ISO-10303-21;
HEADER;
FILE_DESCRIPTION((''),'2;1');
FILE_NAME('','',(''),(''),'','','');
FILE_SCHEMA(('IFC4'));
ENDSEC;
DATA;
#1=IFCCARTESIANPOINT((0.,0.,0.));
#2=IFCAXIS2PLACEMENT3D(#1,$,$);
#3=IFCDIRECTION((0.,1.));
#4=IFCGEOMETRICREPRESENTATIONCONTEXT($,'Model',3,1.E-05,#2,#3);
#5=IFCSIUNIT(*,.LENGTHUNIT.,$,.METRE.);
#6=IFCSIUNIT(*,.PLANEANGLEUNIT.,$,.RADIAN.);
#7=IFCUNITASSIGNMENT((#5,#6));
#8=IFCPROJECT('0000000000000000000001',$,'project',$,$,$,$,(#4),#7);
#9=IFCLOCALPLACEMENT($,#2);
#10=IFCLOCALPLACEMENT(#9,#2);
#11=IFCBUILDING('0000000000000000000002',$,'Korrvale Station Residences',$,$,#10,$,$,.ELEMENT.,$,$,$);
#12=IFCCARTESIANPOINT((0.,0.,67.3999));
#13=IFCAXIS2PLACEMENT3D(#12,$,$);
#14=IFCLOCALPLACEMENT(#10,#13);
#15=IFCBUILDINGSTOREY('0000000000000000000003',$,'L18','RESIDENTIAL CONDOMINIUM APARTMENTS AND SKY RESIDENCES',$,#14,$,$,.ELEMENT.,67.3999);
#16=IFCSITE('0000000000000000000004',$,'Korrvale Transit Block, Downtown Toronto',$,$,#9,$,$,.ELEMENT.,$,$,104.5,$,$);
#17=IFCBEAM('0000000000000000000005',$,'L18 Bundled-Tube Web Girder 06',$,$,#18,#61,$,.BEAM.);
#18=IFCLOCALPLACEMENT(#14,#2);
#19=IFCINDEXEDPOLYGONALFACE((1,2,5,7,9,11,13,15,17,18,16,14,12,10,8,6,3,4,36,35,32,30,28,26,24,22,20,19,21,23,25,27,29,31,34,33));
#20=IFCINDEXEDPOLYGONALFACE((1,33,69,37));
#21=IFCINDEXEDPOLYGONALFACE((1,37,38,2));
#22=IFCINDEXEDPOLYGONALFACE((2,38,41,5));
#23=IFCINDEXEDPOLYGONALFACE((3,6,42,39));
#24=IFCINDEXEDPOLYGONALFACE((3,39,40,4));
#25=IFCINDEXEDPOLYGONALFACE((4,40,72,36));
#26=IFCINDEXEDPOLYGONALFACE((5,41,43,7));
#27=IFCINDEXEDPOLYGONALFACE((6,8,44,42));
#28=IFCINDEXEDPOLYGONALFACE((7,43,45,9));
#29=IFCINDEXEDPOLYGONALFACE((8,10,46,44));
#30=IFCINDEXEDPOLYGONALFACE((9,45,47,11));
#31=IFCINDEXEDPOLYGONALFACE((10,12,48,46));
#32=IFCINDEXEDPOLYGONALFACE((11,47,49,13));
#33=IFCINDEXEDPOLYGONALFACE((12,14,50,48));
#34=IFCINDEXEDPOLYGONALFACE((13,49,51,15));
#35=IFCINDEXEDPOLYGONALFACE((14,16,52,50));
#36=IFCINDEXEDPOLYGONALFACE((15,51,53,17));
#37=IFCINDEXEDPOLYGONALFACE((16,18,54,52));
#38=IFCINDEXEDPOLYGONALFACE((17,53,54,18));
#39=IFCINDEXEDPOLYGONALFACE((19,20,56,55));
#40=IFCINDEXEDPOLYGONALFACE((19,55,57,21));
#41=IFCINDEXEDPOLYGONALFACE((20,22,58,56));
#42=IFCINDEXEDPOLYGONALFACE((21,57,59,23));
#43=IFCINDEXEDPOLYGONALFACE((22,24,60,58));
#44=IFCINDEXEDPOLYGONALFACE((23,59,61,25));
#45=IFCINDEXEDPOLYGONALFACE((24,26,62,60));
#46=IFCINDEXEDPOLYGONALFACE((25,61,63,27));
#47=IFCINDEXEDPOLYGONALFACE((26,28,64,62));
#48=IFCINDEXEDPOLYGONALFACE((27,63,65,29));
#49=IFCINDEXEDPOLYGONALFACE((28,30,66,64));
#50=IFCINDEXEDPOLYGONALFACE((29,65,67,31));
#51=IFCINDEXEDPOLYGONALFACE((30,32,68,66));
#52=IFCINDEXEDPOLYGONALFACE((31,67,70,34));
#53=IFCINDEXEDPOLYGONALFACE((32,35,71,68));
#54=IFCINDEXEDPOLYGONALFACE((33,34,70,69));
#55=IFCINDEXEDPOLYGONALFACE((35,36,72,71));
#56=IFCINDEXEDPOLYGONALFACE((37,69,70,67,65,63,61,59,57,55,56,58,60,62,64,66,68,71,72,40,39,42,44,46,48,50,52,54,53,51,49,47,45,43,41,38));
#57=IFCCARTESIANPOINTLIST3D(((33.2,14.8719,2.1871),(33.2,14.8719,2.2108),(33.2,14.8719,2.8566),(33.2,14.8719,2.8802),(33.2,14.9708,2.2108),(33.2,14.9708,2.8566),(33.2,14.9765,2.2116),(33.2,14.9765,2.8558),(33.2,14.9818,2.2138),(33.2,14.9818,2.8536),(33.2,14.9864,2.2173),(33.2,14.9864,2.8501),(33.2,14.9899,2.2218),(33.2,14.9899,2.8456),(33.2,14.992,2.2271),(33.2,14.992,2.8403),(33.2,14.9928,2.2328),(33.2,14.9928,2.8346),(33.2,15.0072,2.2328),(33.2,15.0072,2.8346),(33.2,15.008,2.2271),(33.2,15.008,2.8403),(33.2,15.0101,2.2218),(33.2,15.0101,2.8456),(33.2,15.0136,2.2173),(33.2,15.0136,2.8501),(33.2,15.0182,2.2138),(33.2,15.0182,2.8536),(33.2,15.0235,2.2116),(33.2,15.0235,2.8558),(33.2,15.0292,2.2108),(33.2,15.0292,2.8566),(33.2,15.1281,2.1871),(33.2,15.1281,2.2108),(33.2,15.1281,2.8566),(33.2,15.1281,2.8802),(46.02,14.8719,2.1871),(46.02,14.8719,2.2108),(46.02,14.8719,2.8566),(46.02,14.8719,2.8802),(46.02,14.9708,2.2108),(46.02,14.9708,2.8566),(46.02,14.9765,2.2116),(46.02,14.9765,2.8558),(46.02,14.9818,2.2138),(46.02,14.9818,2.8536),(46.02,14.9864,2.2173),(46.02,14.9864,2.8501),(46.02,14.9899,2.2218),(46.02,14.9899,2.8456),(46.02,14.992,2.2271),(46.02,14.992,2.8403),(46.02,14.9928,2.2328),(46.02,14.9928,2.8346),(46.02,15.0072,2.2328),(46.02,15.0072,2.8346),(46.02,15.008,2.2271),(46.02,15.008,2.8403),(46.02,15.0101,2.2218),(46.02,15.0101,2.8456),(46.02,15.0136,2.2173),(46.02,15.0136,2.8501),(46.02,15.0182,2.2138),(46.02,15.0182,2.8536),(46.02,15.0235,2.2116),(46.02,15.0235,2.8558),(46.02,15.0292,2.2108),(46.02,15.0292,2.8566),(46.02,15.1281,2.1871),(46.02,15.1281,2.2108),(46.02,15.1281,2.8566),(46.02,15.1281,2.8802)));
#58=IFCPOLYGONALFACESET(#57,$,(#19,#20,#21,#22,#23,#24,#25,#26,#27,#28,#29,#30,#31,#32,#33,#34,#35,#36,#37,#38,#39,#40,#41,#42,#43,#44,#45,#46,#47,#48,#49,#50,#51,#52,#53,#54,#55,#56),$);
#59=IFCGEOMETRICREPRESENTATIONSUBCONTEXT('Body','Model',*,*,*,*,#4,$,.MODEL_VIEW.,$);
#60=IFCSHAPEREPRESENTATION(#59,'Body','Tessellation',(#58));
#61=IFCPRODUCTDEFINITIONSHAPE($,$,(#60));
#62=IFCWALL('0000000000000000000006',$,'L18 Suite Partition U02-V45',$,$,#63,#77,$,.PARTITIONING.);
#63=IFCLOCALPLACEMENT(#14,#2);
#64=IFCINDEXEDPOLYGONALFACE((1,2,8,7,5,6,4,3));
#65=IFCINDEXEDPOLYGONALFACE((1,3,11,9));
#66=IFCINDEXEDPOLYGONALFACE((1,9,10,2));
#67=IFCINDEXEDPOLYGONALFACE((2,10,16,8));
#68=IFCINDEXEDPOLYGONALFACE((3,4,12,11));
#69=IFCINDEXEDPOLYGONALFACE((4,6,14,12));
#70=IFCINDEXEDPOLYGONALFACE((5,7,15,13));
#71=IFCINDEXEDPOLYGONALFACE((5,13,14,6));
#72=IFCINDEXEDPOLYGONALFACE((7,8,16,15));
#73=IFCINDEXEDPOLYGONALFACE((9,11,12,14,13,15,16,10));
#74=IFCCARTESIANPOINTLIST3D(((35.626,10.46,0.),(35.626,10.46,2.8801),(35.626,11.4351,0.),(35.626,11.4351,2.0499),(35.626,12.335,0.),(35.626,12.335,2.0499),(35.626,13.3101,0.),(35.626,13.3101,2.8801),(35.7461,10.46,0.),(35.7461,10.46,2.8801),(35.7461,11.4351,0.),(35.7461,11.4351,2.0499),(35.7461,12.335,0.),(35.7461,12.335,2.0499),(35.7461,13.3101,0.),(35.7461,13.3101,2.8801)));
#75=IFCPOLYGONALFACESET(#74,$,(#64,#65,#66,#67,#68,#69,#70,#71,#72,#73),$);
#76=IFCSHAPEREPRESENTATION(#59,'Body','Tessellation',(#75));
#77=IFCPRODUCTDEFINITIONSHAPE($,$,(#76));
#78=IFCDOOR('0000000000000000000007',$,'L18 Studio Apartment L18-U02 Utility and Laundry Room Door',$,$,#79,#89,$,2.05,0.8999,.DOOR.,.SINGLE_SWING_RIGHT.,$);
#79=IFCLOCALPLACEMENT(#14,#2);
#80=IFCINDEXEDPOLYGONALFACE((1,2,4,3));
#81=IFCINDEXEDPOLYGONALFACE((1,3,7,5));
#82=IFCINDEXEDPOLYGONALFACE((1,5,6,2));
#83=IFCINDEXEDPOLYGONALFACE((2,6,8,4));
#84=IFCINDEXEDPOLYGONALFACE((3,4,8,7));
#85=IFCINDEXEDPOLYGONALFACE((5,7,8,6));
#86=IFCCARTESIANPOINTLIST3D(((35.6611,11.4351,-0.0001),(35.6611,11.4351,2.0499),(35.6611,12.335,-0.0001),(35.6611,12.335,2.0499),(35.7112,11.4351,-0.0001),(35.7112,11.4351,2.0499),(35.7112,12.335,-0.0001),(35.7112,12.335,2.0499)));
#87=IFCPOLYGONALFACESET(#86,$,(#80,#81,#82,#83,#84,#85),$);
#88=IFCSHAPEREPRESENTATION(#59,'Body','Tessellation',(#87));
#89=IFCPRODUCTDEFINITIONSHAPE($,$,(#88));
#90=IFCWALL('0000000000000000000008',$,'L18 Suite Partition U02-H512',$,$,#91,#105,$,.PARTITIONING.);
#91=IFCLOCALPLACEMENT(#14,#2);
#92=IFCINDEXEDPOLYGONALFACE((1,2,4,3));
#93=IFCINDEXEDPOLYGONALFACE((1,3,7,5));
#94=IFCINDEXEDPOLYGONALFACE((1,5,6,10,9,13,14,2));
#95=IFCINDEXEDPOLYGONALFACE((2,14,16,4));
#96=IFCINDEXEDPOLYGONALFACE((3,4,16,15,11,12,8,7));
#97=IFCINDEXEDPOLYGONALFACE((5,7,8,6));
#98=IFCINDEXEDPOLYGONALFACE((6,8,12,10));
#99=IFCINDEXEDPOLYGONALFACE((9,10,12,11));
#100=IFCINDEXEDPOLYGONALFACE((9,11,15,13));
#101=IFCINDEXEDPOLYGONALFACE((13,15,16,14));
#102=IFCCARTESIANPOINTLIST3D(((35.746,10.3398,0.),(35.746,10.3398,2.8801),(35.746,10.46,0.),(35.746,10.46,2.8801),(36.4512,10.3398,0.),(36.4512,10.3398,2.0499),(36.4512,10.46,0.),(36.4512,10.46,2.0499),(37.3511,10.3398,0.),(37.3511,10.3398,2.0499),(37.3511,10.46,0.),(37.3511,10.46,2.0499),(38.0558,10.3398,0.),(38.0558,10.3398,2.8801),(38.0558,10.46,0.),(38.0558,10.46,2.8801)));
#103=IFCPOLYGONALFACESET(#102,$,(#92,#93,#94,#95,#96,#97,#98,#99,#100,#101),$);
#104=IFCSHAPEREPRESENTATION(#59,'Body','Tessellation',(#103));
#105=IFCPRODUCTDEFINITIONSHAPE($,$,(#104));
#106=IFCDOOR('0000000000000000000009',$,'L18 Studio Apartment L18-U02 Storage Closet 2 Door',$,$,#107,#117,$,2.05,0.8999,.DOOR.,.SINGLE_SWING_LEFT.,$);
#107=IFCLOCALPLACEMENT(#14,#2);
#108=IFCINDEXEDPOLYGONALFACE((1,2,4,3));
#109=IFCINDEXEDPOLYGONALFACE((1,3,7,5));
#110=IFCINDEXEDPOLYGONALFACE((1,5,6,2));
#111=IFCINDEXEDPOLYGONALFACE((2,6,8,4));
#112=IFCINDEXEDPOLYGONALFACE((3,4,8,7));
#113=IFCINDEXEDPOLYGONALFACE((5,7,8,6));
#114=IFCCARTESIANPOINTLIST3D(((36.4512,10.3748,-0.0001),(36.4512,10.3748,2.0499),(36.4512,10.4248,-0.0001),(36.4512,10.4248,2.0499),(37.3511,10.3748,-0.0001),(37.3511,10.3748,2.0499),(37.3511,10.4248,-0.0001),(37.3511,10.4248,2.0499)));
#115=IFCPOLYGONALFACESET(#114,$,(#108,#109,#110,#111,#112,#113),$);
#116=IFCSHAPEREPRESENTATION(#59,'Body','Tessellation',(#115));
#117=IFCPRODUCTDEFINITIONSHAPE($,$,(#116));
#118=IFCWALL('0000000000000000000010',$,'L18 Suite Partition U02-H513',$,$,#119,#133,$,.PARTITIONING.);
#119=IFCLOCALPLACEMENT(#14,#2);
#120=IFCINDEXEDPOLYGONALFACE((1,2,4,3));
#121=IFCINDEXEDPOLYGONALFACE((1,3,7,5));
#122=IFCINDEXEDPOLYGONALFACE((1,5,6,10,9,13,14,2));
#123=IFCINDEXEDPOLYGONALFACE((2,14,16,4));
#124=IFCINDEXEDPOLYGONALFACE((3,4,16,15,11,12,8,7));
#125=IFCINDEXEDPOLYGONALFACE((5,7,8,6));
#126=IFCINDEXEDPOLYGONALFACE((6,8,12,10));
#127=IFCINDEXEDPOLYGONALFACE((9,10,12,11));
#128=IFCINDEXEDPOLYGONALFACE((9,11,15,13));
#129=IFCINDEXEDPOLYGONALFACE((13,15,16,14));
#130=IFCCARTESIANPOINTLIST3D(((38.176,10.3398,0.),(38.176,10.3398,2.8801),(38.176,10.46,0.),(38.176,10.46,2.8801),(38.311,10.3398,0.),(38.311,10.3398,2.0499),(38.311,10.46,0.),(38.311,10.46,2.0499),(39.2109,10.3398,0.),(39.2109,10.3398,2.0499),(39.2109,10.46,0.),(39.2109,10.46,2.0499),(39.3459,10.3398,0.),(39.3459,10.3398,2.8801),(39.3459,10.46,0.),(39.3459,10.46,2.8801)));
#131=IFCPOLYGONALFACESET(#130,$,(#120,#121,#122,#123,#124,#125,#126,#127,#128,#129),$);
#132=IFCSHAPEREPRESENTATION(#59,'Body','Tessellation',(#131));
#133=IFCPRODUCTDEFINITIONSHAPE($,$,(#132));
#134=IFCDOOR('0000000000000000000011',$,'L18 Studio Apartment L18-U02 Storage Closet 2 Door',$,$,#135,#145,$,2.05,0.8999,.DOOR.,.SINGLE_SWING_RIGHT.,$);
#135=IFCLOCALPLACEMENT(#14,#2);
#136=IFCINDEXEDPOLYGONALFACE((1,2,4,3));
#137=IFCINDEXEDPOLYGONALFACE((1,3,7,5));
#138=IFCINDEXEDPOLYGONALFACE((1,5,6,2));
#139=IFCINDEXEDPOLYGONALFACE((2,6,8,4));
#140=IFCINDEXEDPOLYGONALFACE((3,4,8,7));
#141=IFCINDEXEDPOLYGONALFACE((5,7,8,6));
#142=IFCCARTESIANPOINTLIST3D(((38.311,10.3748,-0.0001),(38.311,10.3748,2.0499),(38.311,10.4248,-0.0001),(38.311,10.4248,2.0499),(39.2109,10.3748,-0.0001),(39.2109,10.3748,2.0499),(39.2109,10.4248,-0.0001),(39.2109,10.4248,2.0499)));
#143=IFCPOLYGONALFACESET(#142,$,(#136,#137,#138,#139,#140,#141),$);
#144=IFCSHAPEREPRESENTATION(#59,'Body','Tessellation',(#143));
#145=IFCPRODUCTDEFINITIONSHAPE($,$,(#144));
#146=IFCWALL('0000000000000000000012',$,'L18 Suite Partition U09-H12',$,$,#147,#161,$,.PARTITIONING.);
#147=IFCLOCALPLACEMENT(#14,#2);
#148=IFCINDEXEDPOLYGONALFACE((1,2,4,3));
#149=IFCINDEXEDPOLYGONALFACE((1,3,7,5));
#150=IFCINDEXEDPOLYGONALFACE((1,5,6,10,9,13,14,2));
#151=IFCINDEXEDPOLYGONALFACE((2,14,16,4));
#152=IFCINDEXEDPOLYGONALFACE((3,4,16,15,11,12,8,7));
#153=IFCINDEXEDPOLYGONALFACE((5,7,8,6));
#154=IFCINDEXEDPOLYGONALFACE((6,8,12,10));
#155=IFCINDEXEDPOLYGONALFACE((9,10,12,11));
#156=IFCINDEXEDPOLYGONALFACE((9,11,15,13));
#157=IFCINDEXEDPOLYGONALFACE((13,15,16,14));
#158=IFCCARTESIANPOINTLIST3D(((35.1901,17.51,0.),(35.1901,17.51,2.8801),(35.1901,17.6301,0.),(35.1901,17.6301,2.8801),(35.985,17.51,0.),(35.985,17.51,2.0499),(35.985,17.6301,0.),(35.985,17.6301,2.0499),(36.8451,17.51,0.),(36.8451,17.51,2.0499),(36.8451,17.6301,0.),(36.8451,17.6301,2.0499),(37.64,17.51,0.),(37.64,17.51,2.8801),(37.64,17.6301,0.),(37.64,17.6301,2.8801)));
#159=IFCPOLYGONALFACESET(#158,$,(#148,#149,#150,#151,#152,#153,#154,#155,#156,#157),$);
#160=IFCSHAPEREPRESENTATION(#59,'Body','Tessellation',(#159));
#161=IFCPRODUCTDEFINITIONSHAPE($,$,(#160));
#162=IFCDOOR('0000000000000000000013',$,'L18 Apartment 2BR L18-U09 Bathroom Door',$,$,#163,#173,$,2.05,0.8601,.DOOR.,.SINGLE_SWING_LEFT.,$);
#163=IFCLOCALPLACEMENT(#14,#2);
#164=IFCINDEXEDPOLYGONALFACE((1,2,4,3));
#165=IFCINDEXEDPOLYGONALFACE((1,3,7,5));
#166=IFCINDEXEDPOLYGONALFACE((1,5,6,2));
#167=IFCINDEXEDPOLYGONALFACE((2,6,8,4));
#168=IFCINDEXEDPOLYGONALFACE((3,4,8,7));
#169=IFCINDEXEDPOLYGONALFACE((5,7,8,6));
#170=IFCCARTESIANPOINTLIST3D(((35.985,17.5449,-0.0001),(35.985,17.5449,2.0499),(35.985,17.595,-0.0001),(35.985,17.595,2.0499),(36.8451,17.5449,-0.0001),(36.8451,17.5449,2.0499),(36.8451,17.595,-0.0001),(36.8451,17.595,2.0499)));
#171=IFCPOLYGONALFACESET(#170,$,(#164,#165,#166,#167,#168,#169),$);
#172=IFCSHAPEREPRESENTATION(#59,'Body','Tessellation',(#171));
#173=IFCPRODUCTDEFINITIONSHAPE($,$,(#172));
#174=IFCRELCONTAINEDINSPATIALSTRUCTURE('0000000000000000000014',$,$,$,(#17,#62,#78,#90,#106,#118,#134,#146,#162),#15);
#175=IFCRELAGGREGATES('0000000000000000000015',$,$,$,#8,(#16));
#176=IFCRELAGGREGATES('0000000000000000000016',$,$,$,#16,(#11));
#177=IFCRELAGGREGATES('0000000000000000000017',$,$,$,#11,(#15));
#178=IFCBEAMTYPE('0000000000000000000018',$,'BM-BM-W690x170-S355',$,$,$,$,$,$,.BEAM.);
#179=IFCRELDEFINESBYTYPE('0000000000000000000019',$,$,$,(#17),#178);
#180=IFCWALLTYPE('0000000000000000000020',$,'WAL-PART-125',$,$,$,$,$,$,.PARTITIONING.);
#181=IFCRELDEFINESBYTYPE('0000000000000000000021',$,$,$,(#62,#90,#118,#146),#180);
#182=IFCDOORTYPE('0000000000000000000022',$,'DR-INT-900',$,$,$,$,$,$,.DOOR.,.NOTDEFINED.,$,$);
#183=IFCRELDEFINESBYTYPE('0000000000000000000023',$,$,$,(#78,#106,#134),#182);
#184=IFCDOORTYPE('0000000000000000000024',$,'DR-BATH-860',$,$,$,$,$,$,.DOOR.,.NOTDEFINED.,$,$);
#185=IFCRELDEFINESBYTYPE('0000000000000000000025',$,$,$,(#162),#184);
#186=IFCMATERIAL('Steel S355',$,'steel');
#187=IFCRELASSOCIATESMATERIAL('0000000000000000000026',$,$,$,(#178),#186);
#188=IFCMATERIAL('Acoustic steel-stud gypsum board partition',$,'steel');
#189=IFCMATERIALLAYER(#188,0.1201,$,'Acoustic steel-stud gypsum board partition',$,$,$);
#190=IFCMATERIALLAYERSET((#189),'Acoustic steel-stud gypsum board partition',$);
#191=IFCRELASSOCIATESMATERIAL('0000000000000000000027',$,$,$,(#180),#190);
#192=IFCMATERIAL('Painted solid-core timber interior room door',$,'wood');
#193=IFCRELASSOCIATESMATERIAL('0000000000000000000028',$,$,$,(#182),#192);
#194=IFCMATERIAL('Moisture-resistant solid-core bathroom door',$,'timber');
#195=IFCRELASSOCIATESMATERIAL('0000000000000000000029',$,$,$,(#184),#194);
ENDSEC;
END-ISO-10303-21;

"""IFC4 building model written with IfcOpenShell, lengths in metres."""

from ifc_helpers import new_model, si_unit, direction, frame, frame_2d, origin, origin_2d, place, context, subcontext, project, spatial, rectangle, i_section, extrude, material, layer, layer_set, material_profile, profile_set, type_object, element, fill, save


model = new_model("IFC4")

# Units and contexts
model_context = context("Model", 3, precision=1e-05, world=origin(), true_north=direction((0.0, 1.0)))
body_context = subcontext(model_context, "Body", "Model", "MODEL_VIEW")
ifc_project = project(units=[si_unit("LENGTHUNIT", "METRE"), si_unit("PLANEANGLEUNIT", "RADIAN")], contexts=[model_context])

# Site, building, storey
site_placement = place(None, origin())
site = spatial("IfcSite", under=ifc_project, at=site_placement, Name="Korrvale Transit Block, Downtown Toronto", CompositionType="ELEMENT", RefElevation=104.5)
building_placement = place(site_placement, origin())
building = spatial("IfcBuilding", under=site, at=building_placement, Name="Korrvale Station Residences", CompositionType="ELEMENT")
storey_placement = place(building_placement, frame((0.0, 0.0, 67.3999)))
storey = spatial("IfcBuildingStorey", under=building, at=storey_placement, Name="L18", Description="RESIDENTIAL CONDOMINIUM APARTMENTS AND SKY RESIDENCES", CompositionType="ELEMENT", Elevation=67.3999)

# Beam
ifc_material_1 = material(Name="Steel S355", Category="steel")
ifc_material_profile = material_profile(ifc_material_1, i_section(OverallWidth=0.2561, OverallDepth=0.6931, WebThickness=0.0144, FlangeThickness=0.0237, FilletRadius=0.022, at=origin_2d()), Name="W690x170")
ifc_profile_set = profile_set([ifc_material_profile], Name="Steel S355")
beam_type = type_object("IfcBeamType", Name="BM-BM-W690x170-S355", PredefinedType="BEAM", material=ifc_profile_set)
beam_placement = place(storey_placement, frame((33.2, 15.0, 2.5337), z_axis=(1.0, 0.0, 0.0), x_axis=(0.0, 1.0, 0.0)))
element("IfcBeam", 1, at=beam_placement, inside=storey, type_object=beam_type, Name="L18 Bundled-Tube Web Girder 06", PredefinedType="BEAM", context=body_context, shape_type="SweptSolid", body=[
    extrude(i_section(OverallWidth=0.2561, OverallDepth=0.6931, WebThickness=0.0144, FlangeThickness=0.0237, FilletRadius=0.022, at=origin_2d()), origin(), (0.0, 0.0, 1.0), 12.8201),
])

# Walls, openings, doors
ifc_material_2 = material(Name="Acoustic steel-stud gypsum board partition", Category="steel")
ifc_layer_1 = layer(ifc_material_2, 0.1201, Name="Acoustic steel-stud gypsum board partition")
ifc_layer_set_1 = layer_set([ifc_layer_1], Name="Acoustic steel-stud gypsum board partition")
wall_type_1 = type_object("IfcWallType", Name="WAL-PART-125", PredefinedType="PARTITIONING", material=ifc_layer_set_1)
wall_1_placement = place(storey_placement, frame((35.686, 10.46, 0.0), z_axis=(0.0, 0.0, 1.0), x_axis=(0.0, 1.0, 0.0)))
wall_1 = element("IfcWall", 2, at=wall_1_placement, inside=storey, type_object=wall_type_1, Name="L18 Suite Partition U02-V45", PredefinedType="PARTITIONING", context=body_context, shape_type="SweptSolid", body=[
    extrude(rectangle(XDim=2.8501, YDim=0.1201, at=frame_2d((1.425, 0.0))), origin(), (0.0, 0.0, 1.0), 2.8801),
])
opening_1_placement = place(wall_1_placement, frame((0.9751, 0.0, 0.0)))
opening_1 = element("IfcOpeningElement", 3, at=opening_1_placement, cuts=wall_1, PredefinedType="OPENING", context=body_context, shape_type="SweptSolid", body=[
    extrude(rectangle(XDim=0.8999, YDim=2.05, at=frame_2d((0.45, 1.0249))), frame((0.0, 0.0701, 0.0), z_axis=(0.0, -1.0, 0.0), x_axis=(1.0, 0.0, 0.0)), (0.0, 0.0, 1.0), 0.1401),
])
ifc_material_3 = material(Name="Painted solid-core timber interior room door", Category="wood")
door_type_1 = type_object("IfcDoorType", Name="DR-INT-900", OperationType="NOTDEFINED", PredefinedType="DOOR", material=ifc_material_3)
door_1_placement = place(opening_1_placement, origin())
door_1 = element("IfcDoor", 4, at=door_1_placement, inside=storey, type_object=door_type_1, Name="L18 Studio Apartment L18-U02 Utility and Laundry Room Door", OperationType="SINGLE_SWING_RIGHT", OverallHeight=2.05, OverallWidth=0.8999, PredefinedType="DOOR", context=body_context, shape_type="SweptSolid", body=[
    extrude(rectangle(XDim=0.8999, YDim=2.05, at=frame_2d((0.45, 1.0249))), frame((0.0, 0.0249, 0.0), z_axis=(0.0, -1.0, 0.0), x_axis=(1.0, 0.0, 0.0)), (0.0, 0.0, 1.0), 0.05),
])
fill(opening_1, door_1)
wall_2_placement = place(storey_placement, frame((35.7461, 10.3999, 0.0), z_axis=(0.0, 0.0, 1.0), x_axis=(1.0, 0.0, 0.0)))
wall_2 = element("IfcWall", 5, at=wall_2_placement, inside=storey, type_object=wall_type_1, Name="L18 Suite Partition U02-H512", PredefinedType="PARTITIONING", context=body_context, shape_type="SweptSolid", body=[
    extrude(rectangle(XDim=2.3098, YDim=0.1201, at=frame_2d((1.1548, 0.0))), origin(), (0.0, 0.0, 1.0), 2.8801),
])
opening_2_placement = place(wall_2_placement, frame((0.7051, 0.0, 0.0)))
opening_2 = element("IfcOpeningElement", 6, at=opening_2_placement, cuts=wall_2, PredefinedType="OPENING", context=body_context, shape_type="SweptSolid", body=[
    extrude(rectangle(XDim=0.8999, YDim=2.05, at=frame_2d((0.45, 1.0249))), frame((0.0, 0.0701, 0.0), z_axis=(0.0, -1.0, 0.0), x_axis=(1.0, 0.0, 0.0)), (0.0, 0.0, 1.0), 0.1401),
])
door_2_placement = place(opening_2_placement, origin())
door_2 = element("IfcDoor", 7, at=door_2_placement, inside=storey, type_object=door_type_1, Name="L18 Studio Apartment L18-U02 Storage Closet 2 Door", OperationType="SINGLE_SWING_LEFT", OverallHeight=2.05, OverallWidth=0.8999, PredefinedType="DOOR", context=body_context, shape_type="SweptSolid", body=[
    extrude(rectangle(XDim=0.8999, YDim=2.05, at=frame_2d((0.45, 1.0249))), frame((0.0, 0.0249, 0.0), z_axis=(0.0, -1.0, 0.0), x_axis=(1.0, 0.0, 0.0)), (0.0, 0.0, 1.0), 0.05),
])
fill(opening_2, door_2)
wall_3_placement = place(storey_placement, frame((38.176, 10.3999, 0.0), z_axis=(0.0, 0.0, 1.0), x_axis=(1.0, 0.0, 0.0)))
wall_3 = element("IfcWall", 8, at=wall_3_placement, inside=storey, type_object=wall_type_1, Name="L18 Suite Partition U02-H513", PredefinedType="PARTITIONING", context=body_context, shape_type="SweptSolid", body=[
    extrude(rectangle(XDim=1.1699, YDim=0.1201, at=frame_2d((0.585, 0.0))), origin(), (0.0, 0.0, 1.0), 2.8801),
])
opening_3_placement = place(wall_3_placement, frame((0.135, 0.0, 0.0)))
opening_3 = element("IfcOpeningElement", 9, at=opening_3_placement, cuts=wall_3, PredefinedType="OPENING", context=body_context, shape_type="SweptSolid", body=[
    extrude(rectangle(XDim=0.8999, YDim=2.05, at=frame_2d((0.45, 1.0249))), frame((0.0, 0.0701, 0.0), z_axis=(0.0, -1.0, 0.0), x_axis=(1.0, 0.0, 0.0)), (0.0, 0.0, 1.0), 0.1401),
])
door_3_placement = place(opening_3_placement, origin())
door_3 = element("IfcDoor", 10, at=door_3_placement, inside=storey, type_object=door_type_1, Name="L18 Studio Apartment L18-U02 Storage Closet 2 Door", OperationType="SINGLE_SWING_RIGHT", OverallHeight=2.05, OverallWidth=0.8999, PredefinedType="DOOR", context=body_context, shape_type="SweptSolid", body=[
    extrude(rectangle(XDim=0.8999, YDim=2.05, at=frame_2d((0.45, 1.0249))), frame((0.0, 0.0249, 0.0), z_axis=(0.0, -1.0, 0.0), x_axis=(1.0, 0.0, 0.0)), (0.0, 0.0, 1.0), 0.05),
])
fill(opening_3, door_3)
wall_4_placement = place(storey_placement, frame((35.1899, 17.5701, 0.0), z_axis=(0.0, 0.0, 1.0), x_axis=(1.0, 0.0, 0.0)))
wall_4 = element("IfcWall", 11, at=wall_4_placement, inside=storey, type_object=wall_type_1, Name="L18 Suite Partition U09-H12", PredefinedType="PARTITIONING", context=body_context, shape_type="SweptSolid", body=[
    extrude(rectangle(XDim=2.45, YDim=0.1201, at=frame_2d((1.2251, 0.0))), origin(), (0.0, 0.0, 1.0), 2.8801),
])
opening_4_placement = place(wall_4_placement, frame((0.7949, 0.0, 0.0)))
opening_4 = element("IfcOpeningElement", 12, at=opening_4_placement, cuts=wall_4, PredefinedType="OPENING", context=body_context, shape_type="SweptSolid", body=[
    extrude(rectangle(XDim=0.8601, YDim=2.05, at=frame_2d((0.4302, 1.0249))), frame((0.0, 0.0701, 0.0), z_axis=(0.0, -1.0, 0.0), x_axis=(1.0, 0.0, 0.0)), (0.0, 0.0, 1.0), 0.1401),
])
ifc_material_4 = material(Name="Moisture-resistant solid-core bathroom door", Category="timber")
door_type_2 = type_object("IfcDoorType", Name="DR-BATH-860", OperationType="NOTDEFINED", PredefinedType="DOOR", material=ifc_material_4)
door_4_placement = place(opening_4_placement, origin())
door_4 = element("IfcDoor", 13, at=door_4_placement, inside=storey, type_object=door_type_2, Name="L18 Apartment 2BR L18-U09 Bathroom Door", OperationType="SINGLE_SWING_LEFT", OverallHeight=2.05, OverallWidth=0.8601, PredefinedType="DOOR", context=body_context, shape_type="SweptSolid", body=[
    extrude(rectangle(XDim=0.8601, YDim=2.05, at=frame_2d((0.4302, 1.0249))), frame((0.0, 0.0249, 0.0), z_axis=(0.0, -1.0, 0.0), x_axis=(1.0, 0.0, 0.0)), (0.0, 0.0, 1.0), 0.05),
])
fill(opening_4, door_4)

save(model, "model.ifc")
